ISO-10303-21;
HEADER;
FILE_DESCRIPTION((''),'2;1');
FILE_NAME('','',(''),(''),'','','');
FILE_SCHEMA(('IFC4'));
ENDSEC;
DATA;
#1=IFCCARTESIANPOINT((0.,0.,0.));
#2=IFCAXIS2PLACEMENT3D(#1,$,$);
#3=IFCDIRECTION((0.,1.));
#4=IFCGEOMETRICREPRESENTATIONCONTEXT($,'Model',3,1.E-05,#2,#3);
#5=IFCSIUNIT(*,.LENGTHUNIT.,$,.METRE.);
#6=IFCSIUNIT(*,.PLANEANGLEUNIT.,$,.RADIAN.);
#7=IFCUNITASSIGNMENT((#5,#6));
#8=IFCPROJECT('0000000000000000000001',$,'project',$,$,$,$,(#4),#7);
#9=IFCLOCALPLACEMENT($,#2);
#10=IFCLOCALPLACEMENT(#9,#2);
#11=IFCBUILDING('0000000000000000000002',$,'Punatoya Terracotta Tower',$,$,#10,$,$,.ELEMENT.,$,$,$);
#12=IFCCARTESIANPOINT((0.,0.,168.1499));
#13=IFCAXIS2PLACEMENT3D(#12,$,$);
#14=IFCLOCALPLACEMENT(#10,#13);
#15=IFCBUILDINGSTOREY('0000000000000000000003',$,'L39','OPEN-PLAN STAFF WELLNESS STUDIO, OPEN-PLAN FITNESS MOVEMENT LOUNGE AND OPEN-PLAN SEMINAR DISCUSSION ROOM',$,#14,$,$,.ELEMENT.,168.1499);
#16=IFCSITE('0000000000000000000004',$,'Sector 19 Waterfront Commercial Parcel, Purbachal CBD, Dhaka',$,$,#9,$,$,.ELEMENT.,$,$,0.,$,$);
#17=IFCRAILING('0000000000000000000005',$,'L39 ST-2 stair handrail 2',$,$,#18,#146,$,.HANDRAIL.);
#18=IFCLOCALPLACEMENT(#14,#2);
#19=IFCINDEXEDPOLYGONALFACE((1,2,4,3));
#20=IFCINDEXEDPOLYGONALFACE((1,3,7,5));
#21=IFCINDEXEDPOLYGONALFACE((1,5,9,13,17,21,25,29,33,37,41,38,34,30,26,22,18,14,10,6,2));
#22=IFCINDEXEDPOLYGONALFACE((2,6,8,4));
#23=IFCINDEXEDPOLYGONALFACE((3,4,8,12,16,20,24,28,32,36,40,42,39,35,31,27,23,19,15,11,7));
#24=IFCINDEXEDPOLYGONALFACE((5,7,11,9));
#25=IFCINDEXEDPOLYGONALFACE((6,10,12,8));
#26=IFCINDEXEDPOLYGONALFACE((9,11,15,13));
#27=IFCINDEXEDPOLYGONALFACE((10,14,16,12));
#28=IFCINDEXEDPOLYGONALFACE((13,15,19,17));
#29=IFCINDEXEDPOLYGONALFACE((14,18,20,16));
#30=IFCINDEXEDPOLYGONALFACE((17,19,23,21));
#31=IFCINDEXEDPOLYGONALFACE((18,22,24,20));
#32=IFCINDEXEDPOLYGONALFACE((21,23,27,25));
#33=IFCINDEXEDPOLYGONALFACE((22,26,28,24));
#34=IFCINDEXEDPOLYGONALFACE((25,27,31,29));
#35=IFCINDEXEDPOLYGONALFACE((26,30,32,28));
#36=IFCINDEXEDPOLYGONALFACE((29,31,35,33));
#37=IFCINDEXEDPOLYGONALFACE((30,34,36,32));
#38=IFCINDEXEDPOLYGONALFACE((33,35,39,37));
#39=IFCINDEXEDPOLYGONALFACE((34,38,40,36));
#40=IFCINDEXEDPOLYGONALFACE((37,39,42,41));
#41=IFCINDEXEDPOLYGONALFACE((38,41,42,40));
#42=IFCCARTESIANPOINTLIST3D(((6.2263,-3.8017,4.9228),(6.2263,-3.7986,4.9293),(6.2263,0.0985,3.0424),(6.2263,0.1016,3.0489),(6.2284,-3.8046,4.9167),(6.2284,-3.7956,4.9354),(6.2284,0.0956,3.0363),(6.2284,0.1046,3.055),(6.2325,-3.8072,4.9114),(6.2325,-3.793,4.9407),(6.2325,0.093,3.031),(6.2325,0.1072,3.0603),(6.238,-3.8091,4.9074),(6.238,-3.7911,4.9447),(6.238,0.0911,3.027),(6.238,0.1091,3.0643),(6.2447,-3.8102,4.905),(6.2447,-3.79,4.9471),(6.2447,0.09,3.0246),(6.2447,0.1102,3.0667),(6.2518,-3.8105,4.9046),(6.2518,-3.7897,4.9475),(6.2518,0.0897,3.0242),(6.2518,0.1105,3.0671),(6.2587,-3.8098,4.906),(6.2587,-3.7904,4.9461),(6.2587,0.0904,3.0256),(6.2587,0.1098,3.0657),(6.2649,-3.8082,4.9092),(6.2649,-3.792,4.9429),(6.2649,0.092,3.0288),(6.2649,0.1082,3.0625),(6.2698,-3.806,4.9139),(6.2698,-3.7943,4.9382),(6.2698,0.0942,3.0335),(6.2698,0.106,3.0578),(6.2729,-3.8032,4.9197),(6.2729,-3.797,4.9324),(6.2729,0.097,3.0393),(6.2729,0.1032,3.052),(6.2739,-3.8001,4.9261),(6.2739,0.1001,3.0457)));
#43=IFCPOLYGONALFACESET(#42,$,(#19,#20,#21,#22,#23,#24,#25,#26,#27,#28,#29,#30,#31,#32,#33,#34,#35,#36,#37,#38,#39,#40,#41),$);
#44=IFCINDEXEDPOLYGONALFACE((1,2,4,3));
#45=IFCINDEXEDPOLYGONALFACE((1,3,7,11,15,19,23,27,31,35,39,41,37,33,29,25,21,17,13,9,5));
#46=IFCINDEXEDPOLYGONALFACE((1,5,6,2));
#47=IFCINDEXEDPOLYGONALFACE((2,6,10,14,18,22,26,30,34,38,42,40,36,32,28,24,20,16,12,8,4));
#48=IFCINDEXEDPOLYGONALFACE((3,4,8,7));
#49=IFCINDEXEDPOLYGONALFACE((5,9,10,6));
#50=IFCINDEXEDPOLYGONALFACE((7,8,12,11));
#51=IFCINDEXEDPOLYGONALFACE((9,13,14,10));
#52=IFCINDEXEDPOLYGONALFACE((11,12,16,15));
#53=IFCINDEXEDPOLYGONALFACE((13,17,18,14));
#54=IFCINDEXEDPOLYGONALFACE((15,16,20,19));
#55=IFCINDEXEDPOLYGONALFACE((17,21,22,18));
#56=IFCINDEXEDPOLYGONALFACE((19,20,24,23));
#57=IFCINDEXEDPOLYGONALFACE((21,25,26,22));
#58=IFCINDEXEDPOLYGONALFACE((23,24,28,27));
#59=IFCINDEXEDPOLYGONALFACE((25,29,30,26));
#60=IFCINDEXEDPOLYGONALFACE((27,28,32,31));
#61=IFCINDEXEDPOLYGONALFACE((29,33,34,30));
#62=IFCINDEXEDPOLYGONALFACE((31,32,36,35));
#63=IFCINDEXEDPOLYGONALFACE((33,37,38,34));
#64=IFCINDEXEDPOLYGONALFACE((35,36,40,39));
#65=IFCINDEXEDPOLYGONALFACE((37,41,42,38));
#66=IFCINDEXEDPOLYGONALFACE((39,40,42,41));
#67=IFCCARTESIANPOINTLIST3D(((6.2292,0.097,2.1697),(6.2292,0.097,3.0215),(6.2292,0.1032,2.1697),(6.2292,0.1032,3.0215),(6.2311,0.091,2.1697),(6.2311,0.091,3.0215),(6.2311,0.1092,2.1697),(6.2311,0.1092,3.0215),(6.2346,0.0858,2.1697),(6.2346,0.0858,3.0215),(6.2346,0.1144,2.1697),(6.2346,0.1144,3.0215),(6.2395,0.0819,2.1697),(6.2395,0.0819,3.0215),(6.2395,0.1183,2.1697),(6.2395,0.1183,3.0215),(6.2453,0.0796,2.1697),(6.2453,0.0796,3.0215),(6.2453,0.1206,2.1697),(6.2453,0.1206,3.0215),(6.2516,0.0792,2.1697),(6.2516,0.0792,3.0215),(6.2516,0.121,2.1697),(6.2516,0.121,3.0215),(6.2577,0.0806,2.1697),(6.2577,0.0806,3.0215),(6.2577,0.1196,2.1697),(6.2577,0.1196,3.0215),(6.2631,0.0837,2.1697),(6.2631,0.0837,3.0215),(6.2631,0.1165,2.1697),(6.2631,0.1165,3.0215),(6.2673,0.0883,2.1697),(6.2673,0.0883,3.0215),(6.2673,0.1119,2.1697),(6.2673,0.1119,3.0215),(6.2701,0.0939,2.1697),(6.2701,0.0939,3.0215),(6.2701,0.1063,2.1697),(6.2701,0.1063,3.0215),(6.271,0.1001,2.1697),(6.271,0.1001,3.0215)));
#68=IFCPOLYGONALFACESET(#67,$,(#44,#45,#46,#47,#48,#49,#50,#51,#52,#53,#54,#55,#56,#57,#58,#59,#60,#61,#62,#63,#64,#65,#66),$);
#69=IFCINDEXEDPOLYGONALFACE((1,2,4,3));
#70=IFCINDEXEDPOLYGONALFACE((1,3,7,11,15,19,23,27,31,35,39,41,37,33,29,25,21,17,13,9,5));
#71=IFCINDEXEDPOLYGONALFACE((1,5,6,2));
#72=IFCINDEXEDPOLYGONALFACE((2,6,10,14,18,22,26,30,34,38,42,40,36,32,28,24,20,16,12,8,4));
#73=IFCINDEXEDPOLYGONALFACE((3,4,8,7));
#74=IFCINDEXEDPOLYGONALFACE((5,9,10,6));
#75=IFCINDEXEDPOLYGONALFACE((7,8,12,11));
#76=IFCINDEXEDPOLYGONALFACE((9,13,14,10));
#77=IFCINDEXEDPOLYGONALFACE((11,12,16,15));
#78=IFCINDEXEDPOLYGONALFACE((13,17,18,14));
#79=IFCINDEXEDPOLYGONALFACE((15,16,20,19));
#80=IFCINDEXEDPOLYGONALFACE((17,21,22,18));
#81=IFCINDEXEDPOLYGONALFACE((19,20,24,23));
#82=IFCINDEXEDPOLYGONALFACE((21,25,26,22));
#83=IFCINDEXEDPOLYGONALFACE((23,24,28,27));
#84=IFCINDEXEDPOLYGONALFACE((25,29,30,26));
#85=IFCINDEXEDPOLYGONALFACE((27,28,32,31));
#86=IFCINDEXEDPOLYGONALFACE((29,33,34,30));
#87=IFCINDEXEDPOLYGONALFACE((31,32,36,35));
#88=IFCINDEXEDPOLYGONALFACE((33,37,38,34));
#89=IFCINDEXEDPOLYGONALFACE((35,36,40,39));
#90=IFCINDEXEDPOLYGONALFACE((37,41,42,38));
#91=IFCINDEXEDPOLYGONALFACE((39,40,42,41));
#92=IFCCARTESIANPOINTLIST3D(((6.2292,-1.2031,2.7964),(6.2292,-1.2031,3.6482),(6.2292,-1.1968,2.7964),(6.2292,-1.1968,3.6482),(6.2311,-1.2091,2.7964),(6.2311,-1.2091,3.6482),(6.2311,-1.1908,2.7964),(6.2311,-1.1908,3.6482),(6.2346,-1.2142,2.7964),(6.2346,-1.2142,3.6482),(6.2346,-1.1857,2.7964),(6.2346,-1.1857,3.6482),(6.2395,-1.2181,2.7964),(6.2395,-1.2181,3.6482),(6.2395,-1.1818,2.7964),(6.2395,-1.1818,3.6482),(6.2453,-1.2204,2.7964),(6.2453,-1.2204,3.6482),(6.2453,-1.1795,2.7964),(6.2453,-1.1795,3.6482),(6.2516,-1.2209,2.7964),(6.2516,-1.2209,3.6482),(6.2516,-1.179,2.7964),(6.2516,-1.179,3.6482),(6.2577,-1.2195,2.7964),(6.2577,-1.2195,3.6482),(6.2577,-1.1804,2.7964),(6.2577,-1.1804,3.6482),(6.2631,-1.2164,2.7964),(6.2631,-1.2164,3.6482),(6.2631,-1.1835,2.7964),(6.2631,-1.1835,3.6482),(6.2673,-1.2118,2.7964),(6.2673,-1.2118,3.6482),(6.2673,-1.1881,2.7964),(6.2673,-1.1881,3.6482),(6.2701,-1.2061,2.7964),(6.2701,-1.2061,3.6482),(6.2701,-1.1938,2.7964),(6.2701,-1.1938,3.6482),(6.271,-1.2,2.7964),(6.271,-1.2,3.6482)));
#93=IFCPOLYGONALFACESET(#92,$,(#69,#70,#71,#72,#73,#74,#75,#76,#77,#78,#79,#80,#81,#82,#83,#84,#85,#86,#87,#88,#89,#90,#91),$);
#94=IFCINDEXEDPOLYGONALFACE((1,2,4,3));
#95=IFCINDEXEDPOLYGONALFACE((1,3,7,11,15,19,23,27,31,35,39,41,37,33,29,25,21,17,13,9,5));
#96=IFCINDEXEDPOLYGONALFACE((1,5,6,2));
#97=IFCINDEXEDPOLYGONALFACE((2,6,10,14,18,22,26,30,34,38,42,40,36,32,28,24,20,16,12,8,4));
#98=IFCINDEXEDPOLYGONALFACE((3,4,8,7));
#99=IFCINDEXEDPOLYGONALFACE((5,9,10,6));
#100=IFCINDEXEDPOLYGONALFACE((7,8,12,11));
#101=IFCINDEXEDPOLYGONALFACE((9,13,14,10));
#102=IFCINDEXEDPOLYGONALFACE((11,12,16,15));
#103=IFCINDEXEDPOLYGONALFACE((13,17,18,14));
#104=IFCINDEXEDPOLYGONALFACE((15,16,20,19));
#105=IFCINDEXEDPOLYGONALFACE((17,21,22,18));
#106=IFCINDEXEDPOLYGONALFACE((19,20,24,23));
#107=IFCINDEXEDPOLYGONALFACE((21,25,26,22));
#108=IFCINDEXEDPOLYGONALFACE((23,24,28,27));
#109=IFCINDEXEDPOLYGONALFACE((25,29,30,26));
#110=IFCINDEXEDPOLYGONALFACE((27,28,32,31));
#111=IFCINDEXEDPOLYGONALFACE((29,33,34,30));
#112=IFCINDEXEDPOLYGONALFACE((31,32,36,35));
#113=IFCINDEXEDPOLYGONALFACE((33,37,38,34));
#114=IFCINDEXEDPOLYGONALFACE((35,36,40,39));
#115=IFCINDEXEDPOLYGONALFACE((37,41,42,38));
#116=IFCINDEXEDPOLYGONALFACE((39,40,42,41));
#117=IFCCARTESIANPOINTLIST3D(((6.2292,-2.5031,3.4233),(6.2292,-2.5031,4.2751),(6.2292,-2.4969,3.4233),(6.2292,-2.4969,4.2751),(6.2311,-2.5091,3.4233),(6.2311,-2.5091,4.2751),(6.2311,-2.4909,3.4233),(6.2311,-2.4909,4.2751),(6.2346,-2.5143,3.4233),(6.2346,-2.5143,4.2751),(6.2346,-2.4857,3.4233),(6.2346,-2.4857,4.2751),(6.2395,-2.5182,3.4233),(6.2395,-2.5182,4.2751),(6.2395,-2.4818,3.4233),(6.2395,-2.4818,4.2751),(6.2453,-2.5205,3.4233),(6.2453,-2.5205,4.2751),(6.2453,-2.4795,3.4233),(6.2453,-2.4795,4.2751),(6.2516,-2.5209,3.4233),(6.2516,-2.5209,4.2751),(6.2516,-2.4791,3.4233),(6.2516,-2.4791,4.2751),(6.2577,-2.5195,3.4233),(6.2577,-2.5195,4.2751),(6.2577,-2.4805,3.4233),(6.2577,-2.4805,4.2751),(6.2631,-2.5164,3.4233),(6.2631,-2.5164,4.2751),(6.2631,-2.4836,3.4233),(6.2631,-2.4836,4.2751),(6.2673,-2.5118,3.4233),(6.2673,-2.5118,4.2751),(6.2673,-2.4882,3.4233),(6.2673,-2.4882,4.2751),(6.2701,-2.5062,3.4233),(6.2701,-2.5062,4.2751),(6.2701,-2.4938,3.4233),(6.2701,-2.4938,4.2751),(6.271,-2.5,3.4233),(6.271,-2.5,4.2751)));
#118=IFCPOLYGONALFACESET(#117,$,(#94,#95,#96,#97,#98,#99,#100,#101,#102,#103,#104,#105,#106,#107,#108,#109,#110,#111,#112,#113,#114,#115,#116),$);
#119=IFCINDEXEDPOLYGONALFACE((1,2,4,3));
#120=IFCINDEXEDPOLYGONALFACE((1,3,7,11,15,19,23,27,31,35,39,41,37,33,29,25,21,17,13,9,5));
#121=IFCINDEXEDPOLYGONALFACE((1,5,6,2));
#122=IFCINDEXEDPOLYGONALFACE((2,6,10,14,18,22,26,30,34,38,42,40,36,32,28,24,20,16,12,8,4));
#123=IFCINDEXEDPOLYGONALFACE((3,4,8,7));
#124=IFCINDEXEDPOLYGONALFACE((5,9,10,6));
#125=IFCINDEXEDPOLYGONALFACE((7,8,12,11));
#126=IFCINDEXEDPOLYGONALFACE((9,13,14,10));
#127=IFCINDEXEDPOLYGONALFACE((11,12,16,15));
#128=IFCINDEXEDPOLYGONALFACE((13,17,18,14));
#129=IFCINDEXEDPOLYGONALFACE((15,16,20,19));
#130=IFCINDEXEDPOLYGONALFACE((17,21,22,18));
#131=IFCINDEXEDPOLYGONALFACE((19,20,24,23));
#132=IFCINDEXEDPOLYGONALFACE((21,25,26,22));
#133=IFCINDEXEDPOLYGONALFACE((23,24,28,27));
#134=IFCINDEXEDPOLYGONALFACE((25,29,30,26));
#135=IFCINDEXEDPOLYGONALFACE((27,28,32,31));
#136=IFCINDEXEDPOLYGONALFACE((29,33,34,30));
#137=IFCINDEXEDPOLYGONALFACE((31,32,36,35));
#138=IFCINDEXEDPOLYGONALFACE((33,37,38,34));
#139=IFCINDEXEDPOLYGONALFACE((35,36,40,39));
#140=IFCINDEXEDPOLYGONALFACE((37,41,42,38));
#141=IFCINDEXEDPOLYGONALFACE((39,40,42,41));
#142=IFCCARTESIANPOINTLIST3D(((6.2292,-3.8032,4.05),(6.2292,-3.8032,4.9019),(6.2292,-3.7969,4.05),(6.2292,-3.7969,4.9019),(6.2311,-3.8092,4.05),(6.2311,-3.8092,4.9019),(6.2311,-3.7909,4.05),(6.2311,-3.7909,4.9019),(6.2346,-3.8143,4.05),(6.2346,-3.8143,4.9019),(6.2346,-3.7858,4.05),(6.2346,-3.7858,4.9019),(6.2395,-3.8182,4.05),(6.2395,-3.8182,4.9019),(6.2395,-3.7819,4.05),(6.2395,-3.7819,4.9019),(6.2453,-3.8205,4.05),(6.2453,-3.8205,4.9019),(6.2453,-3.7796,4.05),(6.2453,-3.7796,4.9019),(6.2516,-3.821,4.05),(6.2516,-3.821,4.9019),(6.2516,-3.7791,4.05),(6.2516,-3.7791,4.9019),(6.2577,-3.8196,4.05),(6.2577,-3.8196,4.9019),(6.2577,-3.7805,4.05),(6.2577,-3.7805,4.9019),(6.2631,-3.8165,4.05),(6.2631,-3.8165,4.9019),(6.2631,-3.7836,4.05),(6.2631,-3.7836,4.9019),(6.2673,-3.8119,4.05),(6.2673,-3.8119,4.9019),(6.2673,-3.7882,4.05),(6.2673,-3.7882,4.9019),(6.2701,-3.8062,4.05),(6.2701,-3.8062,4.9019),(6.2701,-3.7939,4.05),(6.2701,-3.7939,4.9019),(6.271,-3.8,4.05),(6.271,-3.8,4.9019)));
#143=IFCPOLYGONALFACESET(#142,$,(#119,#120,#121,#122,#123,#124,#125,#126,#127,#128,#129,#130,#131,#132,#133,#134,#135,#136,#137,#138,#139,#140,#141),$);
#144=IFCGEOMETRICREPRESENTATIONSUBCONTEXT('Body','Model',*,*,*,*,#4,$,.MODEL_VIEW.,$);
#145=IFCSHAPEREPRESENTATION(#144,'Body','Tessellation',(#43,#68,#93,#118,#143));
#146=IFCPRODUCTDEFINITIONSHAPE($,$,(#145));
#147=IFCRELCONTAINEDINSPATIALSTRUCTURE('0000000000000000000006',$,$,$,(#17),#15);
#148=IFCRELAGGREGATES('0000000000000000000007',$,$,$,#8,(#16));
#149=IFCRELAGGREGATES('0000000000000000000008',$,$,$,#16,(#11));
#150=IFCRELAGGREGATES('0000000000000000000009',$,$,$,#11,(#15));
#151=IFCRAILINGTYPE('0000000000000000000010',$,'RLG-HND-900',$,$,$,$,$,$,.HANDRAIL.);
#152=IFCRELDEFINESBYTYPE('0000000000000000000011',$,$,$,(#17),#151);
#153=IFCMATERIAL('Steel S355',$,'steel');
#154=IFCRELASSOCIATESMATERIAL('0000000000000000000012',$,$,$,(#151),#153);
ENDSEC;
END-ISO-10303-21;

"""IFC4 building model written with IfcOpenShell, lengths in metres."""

from ifc_helpers import new_model, si_unit, direction, frame, origin, origin_2d, place, context, subcontext, project, spatial, circle, extrude, material, type_object, element, save


model = new_model("IFC4")

# Units and contexts
model_context = context("Model", 3, precision=1e-05, world=origin(), true_north=direction((0.0, 1.0)))
body_context = subcontext(model_context, "Body", "Model", "MODEL_VIEW")
ifc_project = project(units=[si_unit("LENGTHUNIT", "METRE"), si_unit("PLANEANGLEUNIT", "RADIAN")], contexts=[model_context])

# Site, building, storey
site_placement = place(None, origin())
site = spatial("IfcSite", under=ifc_project, at=site_placement, Name="Sector 19 Waterfront Commercial Parcel, Purbachal CBD, Dhaka", CompositionType="ELEMENT", RefElevation=0.0)
building_placement = place(site_placement, origin())
building = spatial("IfcBuilding", under=site, at=building_placement, Name="Punatoya Terracotta Tower", CompositionType="ELEMENT")
storey_placement = place(building_placement, frame((0.0, 0.0, 168.1499)))
storey = spatial("IfcBuildingStorey", under=building, at=storey_placement, Name="L39", Description="OPEN-PLAN STAFF WELLNESS STUDIO, OPEN-PLAN FITNESS MOVEMENT LOUNGE AND OPEN-PLAN SEMINAR DISCUSSION ROOM", CompositionType="ELEMENT", Elevation=168.1499)

# Shared definitions
ifc_material_1 = material(Name="Steel S355", Category="steel")

# Railing
railing_type_1 = type_object("IfcRailingType", Name="RLG-HND-900", PredefinedType="HANDRAIL", material=ifc_material_1)
railing_1_placement = place(storey_placement, frame((6.25, 0.1001, 2.1697)))
element("IfcRailing", 1, at=railing_1_placement, inside=storey, type_object=railing_type_1, Name="L39 ST-2 stair handrail 2", PredefinedType="HANDRAIL", context=body_context, shape_type="SweptSolid", body=[
    extrude(circle(Radius=0.0239, at=origin_2d()), frame((0.0, 0.0, 0.876), z_axis=(0.0, -0.900774, 0.434289), x_axis=(1.0, 0.0, 0.0)), (0.0, 0.0, 1.0), 4.3298),
    extrude(circle(Radius=0.021, at=origin_2d()), origin(), (0.0, 0.0, 1.0), 0.8518),
    extrude(circle(Radius=0.021, at=origin_2d()), frame((0.0, -1.3, 0.6267)), (0.0, 0.0, 1.0), 0.8518),
    extrude(circle(Radius=0.021, at=origin_2d()), frame((0.0, -2.6001, 1.2537)), (0.0, 0.0, 1.0), 0.8518),
    extrude(circle(Radius=0.021, at=origin_2d()), frame((0.0, -3.9001, 1.8804)), (0.0, 0.0, 1.0), 0.8518),
])

save(model, "model.ifc")
